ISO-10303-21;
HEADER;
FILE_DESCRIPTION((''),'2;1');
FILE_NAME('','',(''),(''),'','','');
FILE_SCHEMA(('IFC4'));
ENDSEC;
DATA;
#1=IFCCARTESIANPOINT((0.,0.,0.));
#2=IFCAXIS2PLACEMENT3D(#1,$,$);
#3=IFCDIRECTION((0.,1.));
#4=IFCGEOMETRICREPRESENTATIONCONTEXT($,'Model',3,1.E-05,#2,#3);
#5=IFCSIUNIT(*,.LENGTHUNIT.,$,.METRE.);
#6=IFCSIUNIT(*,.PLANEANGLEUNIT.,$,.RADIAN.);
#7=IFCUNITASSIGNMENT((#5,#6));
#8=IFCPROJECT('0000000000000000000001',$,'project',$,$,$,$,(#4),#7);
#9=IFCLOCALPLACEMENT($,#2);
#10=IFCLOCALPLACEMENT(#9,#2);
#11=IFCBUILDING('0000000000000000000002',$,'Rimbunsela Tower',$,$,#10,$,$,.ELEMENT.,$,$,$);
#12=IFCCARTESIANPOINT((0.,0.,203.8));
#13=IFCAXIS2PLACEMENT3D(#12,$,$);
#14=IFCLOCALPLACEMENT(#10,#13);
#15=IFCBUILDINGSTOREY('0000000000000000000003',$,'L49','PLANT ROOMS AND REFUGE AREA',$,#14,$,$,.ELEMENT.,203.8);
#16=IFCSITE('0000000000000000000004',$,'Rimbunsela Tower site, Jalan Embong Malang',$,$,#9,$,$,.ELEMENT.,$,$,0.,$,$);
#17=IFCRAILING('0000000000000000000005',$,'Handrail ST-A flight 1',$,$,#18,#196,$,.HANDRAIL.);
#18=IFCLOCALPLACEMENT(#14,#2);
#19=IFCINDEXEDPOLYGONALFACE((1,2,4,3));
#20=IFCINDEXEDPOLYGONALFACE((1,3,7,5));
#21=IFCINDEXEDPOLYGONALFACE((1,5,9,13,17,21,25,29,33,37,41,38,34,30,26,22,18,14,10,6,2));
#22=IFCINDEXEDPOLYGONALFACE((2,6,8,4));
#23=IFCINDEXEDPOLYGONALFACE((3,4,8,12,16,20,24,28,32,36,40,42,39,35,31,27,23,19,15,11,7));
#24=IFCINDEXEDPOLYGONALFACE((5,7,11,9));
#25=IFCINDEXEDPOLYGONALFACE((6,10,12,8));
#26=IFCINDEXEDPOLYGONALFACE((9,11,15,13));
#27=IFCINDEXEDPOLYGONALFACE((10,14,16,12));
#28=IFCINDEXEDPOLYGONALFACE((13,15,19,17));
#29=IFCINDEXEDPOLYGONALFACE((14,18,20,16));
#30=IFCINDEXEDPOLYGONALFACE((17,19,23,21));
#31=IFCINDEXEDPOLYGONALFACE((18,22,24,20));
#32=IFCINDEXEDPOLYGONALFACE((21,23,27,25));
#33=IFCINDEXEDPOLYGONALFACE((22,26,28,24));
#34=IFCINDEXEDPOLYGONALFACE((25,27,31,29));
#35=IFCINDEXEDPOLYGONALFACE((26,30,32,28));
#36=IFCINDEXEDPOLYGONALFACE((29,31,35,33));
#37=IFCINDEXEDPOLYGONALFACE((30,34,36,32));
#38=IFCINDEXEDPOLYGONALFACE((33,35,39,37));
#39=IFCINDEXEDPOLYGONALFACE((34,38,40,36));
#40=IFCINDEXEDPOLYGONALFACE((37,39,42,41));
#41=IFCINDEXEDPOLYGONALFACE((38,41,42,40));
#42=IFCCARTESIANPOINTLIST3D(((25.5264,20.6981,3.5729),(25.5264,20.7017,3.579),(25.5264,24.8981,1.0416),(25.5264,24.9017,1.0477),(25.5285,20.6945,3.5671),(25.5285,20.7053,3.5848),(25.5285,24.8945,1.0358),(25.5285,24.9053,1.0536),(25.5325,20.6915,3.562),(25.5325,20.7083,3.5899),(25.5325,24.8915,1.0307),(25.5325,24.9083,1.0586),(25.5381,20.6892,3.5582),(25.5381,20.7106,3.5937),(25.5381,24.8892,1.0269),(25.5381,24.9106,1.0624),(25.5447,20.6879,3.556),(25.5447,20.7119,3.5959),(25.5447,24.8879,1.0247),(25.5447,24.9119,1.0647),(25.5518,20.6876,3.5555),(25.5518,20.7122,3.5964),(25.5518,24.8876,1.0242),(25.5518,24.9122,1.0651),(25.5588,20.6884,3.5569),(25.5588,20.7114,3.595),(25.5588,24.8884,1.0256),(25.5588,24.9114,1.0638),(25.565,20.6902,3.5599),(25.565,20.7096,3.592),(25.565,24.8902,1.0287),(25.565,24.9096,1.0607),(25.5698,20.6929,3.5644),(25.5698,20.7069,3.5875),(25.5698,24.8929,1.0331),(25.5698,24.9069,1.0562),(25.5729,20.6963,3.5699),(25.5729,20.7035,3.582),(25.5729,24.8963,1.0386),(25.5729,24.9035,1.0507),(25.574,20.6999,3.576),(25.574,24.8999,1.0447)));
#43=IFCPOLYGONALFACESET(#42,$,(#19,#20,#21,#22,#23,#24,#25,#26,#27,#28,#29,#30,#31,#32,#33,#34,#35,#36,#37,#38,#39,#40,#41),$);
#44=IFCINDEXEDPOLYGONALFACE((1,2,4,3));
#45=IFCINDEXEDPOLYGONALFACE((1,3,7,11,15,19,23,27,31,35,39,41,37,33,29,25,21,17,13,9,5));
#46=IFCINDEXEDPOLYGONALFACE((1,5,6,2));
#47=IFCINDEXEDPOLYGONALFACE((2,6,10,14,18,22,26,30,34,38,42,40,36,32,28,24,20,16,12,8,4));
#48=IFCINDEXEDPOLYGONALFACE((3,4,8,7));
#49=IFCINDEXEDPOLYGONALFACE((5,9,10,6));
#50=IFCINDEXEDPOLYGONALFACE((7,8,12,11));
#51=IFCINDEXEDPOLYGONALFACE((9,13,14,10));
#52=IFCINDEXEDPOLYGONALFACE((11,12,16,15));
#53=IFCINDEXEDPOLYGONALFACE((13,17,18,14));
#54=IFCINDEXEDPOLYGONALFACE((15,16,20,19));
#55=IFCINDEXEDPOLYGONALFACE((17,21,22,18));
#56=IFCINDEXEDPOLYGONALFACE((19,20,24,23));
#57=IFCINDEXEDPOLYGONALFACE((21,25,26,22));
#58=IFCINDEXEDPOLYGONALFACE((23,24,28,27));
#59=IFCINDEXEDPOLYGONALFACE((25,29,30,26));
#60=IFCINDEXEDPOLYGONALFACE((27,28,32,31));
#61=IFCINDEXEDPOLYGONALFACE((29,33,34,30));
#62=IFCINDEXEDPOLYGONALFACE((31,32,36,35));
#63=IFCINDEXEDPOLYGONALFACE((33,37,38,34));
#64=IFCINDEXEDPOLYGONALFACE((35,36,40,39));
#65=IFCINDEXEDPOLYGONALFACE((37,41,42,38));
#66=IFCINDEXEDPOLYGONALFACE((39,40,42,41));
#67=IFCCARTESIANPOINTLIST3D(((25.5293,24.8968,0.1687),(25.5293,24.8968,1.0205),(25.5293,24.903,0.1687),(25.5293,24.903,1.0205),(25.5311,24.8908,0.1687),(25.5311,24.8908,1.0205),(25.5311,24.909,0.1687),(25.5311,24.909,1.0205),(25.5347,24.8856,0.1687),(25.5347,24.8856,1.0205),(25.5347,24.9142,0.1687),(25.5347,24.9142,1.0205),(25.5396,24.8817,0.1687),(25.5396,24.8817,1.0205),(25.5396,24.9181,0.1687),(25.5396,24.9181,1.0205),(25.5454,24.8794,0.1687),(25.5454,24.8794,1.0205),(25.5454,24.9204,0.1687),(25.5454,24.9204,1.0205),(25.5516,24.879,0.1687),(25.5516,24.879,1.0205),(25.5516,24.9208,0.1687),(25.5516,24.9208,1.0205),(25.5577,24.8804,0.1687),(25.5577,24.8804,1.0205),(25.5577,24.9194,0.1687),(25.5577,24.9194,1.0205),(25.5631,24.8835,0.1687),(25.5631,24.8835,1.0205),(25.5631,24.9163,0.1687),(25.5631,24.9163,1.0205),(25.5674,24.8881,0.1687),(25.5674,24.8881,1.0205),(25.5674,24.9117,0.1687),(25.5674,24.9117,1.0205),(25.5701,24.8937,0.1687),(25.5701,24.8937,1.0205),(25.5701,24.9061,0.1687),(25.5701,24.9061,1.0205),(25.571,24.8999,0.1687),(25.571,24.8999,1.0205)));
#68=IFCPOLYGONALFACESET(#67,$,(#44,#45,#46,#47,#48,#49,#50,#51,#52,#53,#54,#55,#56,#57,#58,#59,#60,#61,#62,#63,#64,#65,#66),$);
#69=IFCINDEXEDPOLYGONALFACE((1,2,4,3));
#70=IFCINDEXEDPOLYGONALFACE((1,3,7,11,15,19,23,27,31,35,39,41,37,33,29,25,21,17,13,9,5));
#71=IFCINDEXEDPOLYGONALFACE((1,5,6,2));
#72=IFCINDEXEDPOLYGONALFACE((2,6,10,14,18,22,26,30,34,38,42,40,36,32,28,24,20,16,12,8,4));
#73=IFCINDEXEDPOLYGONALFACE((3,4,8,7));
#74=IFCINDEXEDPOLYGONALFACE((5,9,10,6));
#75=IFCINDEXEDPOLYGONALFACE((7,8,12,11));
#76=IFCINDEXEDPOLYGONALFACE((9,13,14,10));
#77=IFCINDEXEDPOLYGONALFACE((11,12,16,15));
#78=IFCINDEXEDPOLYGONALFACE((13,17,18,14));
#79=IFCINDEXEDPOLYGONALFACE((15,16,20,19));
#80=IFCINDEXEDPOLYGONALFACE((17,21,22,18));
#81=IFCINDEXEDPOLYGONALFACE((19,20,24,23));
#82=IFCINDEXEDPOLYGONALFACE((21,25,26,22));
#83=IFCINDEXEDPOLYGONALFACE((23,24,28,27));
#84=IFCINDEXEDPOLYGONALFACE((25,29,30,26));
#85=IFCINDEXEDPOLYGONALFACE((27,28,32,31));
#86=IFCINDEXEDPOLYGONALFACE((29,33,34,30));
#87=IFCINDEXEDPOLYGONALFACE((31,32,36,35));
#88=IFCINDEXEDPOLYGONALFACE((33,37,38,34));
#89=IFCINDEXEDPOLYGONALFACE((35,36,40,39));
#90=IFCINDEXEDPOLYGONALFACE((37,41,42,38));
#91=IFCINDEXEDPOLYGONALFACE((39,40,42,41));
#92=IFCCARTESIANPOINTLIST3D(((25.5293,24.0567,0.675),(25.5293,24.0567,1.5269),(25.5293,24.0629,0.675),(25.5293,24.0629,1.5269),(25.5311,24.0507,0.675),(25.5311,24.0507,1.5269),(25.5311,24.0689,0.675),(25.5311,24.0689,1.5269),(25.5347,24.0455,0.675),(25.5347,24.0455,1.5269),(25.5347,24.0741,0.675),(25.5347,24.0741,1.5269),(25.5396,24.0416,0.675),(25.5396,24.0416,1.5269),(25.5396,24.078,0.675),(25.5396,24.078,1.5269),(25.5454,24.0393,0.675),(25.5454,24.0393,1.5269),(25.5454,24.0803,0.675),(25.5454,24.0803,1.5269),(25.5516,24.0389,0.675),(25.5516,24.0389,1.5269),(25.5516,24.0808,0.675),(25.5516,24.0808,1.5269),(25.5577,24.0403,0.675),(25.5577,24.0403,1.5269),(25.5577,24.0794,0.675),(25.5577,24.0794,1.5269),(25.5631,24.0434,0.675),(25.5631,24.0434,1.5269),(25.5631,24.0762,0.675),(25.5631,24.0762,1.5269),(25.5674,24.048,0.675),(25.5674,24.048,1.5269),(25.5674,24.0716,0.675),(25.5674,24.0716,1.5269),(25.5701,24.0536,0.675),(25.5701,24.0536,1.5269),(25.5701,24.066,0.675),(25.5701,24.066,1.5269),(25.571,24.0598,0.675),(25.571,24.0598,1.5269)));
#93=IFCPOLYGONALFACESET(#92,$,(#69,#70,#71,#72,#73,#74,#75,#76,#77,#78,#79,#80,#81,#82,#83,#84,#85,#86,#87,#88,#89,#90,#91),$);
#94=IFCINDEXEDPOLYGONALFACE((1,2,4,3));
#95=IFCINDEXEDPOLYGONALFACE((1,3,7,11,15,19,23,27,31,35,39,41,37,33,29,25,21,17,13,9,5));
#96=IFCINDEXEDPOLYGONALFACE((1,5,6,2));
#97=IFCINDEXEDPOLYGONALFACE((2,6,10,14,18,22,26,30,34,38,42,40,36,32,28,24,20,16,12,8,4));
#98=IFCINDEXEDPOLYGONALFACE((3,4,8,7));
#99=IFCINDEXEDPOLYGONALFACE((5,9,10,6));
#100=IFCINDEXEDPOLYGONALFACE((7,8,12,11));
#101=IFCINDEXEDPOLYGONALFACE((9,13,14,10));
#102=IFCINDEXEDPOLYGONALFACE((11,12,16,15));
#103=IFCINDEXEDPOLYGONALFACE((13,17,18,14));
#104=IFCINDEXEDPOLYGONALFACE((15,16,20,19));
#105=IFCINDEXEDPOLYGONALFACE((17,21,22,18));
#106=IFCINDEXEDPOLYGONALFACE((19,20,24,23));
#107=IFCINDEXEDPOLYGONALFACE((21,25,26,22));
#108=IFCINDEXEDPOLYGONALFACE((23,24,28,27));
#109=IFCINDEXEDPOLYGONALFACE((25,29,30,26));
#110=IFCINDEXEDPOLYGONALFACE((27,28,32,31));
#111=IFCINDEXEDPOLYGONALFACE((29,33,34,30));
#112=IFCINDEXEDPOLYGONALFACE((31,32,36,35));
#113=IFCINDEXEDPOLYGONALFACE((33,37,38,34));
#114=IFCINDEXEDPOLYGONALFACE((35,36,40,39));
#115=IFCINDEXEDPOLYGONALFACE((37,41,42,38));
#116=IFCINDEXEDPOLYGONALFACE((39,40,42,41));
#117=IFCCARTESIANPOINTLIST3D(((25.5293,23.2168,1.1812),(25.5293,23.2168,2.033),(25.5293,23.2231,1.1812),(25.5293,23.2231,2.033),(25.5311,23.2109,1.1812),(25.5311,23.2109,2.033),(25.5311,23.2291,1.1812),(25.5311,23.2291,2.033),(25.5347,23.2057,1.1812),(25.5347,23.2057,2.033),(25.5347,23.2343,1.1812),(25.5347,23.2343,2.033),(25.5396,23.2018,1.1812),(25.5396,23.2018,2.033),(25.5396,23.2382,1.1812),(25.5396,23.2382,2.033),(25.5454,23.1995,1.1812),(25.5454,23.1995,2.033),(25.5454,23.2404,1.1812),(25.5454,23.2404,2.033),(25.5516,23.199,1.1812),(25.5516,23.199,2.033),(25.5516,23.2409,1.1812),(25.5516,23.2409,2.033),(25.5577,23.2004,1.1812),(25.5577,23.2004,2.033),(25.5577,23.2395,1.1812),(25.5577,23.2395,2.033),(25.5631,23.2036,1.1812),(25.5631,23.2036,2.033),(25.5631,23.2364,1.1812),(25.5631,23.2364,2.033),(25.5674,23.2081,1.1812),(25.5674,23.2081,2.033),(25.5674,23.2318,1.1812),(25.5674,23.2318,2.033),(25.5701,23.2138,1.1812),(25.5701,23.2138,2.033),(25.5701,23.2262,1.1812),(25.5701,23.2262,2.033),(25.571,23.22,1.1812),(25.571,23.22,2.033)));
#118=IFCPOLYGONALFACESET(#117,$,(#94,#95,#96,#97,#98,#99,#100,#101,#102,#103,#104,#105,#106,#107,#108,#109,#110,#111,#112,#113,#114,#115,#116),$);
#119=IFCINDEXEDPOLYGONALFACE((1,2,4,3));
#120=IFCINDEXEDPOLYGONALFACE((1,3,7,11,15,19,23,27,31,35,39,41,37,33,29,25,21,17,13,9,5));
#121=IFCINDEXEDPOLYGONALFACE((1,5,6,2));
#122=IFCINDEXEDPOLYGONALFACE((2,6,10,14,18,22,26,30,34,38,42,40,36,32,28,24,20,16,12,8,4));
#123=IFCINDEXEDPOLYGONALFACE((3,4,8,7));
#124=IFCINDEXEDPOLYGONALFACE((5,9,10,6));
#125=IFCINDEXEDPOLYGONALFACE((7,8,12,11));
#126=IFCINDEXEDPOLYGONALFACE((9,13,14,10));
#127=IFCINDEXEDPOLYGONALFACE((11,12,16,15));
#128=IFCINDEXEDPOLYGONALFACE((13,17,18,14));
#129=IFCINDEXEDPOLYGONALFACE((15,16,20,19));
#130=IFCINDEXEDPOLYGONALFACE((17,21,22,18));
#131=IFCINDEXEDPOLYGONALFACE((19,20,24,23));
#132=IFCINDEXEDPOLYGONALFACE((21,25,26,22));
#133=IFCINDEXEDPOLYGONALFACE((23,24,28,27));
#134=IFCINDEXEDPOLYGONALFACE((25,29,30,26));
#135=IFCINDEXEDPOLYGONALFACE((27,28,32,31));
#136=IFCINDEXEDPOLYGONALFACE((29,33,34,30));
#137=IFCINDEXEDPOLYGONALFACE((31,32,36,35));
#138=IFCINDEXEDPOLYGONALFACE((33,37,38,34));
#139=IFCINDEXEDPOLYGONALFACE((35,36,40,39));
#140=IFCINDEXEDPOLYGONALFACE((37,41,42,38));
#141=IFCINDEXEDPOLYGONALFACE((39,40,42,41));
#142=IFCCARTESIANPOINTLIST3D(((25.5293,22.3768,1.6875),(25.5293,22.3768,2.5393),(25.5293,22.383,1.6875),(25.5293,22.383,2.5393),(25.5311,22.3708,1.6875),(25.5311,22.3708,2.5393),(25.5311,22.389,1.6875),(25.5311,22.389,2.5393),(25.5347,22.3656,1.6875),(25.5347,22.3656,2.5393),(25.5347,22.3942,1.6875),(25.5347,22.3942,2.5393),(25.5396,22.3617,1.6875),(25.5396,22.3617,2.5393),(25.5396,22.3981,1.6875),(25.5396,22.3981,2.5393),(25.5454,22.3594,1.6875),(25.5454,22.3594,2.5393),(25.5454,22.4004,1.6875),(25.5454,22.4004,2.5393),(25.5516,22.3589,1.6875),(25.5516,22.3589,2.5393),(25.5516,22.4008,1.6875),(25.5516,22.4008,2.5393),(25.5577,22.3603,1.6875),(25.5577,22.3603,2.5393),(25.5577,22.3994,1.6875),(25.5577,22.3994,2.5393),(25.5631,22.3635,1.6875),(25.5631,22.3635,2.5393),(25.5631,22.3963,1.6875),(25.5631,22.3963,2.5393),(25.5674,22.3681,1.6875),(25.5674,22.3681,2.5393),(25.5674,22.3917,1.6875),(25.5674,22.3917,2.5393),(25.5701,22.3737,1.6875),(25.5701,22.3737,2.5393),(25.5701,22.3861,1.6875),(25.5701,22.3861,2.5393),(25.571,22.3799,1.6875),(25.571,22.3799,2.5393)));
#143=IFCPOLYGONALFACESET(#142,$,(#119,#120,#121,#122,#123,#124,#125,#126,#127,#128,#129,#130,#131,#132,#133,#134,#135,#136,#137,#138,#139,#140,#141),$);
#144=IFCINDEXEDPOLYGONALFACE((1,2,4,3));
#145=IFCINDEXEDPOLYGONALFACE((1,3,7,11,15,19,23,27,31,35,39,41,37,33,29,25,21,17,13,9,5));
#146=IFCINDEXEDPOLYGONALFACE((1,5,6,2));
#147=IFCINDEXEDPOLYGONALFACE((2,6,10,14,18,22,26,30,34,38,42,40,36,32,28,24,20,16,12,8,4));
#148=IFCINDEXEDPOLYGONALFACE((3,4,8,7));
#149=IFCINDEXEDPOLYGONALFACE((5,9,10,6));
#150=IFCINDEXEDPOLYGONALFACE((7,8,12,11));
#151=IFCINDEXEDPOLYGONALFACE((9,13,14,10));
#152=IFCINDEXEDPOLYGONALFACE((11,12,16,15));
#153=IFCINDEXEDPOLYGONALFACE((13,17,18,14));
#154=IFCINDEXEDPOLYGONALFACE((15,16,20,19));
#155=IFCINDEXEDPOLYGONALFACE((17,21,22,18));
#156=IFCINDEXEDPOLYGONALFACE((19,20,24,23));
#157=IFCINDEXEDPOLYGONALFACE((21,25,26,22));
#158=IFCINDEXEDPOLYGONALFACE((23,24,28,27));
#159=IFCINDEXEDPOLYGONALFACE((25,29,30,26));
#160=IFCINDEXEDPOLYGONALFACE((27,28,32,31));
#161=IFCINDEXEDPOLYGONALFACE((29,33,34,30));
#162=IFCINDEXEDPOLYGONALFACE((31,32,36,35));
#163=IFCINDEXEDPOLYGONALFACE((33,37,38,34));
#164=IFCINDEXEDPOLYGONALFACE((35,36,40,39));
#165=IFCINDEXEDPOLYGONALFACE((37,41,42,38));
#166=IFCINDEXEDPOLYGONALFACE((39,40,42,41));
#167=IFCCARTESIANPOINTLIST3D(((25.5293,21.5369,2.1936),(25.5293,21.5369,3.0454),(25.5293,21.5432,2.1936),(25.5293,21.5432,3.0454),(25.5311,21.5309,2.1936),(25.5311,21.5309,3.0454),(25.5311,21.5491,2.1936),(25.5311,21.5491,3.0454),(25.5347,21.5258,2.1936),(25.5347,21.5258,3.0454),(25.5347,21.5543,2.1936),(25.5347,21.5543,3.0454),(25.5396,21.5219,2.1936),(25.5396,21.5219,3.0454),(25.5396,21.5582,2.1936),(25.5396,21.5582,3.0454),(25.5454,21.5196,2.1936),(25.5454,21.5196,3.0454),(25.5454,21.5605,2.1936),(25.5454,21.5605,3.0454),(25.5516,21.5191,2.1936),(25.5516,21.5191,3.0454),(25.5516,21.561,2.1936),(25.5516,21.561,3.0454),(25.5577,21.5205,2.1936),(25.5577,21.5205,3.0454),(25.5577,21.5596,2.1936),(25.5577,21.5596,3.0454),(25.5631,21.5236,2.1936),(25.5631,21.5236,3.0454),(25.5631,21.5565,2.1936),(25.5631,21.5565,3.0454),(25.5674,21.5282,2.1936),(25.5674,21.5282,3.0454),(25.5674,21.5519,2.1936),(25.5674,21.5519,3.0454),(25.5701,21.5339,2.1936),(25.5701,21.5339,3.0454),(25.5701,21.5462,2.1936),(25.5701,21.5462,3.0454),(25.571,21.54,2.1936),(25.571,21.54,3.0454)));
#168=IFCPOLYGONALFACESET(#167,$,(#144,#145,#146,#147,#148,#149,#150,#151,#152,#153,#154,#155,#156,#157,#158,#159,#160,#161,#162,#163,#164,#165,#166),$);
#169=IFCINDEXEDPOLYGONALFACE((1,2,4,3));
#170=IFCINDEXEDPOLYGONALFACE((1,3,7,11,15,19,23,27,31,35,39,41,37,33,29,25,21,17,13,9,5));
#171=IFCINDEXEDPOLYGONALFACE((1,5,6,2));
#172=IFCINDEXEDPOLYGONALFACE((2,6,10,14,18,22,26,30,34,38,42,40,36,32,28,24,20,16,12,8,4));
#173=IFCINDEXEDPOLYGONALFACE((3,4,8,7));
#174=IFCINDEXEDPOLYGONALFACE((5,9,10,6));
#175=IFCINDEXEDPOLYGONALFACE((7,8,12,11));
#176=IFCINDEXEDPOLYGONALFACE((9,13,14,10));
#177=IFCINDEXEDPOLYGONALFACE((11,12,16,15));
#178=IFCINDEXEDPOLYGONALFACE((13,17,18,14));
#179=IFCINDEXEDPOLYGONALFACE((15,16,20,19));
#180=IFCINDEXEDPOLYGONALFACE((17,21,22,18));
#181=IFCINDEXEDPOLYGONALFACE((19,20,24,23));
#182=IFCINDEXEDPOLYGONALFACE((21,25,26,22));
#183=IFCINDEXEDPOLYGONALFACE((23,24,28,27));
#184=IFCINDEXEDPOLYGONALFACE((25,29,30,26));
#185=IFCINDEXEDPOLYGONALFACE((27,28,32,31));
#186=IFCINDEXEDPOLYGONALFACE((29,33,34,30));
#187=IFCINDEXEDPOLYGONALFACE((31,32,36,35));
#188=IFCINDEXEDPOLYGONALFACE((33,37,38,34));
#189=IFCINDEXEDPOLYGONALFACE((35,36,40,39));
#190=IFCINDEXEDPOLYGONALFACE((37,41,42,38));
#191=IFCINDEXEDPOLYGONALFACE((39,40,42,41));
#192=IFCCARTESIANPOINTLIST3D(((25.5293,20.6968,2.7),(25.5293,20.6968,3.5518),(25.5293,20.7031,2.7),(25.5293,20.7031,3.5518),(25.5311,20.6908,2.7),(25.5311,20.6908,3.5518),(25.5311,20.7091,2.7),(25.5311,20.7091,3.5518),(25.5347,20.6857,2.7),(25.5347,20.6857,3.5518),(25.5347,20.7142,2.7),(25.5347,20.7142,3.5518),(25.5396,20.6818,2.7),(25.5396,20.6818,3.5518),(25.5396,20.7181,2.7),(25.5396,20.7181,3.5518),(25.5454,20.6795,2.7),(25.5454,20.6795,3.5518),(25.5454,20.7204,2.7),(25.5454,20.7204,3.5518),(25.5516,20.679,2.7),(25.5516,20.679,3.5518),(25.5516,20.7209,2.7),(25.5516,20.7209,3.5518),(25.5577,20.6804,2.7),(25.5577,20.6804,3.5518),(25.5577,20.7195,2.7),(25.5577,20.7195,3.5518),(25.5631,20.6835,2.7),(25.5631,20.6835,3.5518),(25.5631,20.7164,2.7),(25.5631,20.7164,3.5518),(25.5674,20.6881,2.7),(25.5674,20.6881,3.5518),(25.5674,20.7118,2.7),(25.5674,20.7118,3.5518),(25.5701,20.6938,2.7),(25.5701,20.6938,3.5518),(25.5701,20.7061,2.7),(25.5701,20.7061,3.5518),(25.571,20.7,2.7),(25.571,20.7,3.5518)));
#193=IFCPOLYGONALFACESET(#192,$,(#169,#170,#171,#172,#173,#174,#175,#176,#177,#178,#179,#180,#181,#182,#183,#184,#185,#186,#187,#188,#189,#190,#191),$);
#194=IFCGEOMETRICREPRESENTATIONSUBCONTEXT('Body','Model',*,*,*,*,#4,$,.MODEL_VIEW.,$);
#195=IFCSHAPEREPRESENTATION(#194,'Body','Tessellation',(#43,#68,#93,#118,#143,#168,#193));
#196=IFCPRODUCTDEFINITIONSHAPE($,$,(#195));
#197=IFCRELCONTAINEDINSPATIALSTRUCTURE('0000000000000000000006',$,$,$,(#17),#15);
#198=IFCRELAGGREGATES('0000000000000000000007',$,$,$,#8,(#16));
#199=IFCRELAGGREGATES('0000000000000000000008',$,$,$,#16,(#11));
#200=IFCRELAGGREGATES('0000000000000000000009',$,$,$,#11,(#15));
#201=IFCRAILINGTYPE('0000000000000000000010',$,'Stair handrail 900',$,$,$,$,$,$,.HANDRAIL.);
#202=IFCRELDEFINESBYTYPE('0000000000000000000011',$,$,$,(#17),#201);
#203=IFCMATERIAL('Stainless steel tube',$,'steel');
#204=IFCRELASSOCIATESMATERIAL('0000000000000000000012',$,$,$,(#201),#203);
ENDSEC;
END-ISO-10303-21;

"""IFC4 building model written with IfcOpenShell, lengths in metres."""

from ifc_helpers import new_model, si_unit, direction, frame, origin, origin_2d, place, context, subcontext, project, spatial, circle, extrude, material, type_object, element, save


model = new_model("IFC4")

# Units and contexts
model_context = context("Model", 3, precision=1e-05, world=origin(), true_north=direction((0.0, 1.0)))
body_context = subcontext(model_context, "Body", "Model", "MODEL_VIEW")
ifc_project = project(units=[si_unit("LENGTHUNIT", "METRE"), si_unit("PLANEANGLEUNIT", "RADIAN")], contexts=[model_context])

# Site, building, storey
site_placement = place(None, origin())
site = spatial("IfcSite", under=ifc_project, at=site_placement, Name="Rimbunsela Tower site, Jalan Embong Malang", CompositionType="ELEMENT", RefElevation=0.0)
building_placement = place(site_placement, origin())
building = spatial("IfcBuilding", under=site, at=building_placement, Name="Rimbunsela Tower", CompositionType="ELEMENT")
storey_placement = place(building_placement, frame((0.0, 0.0, 203.8)))
storey = spatial("IfcBuildingStorey", under=building, at=storey_placement, Name="L49", Description="PLANT ROOMS AND REFUGE AREA", CompositionType="ELEMENT", Elevation=203.8)

# Railing
ifc_material_1 = material(Name="Stainless steel tube", Category="steel")
railing_type = type_object("IfcRailingType", Name="Stair handrail 900", PredefinedType="HANDRAIL", material=ifc_material_1)
railing_1_placement = place(storey_placement, frame((25.55, 24.8999, 0.1687)))
element("IfcRailing", 1, at=railing_1_placement, inside=storey, type_object=railing_type, Name="Handrail ST-A flight 1", PredefinedType="HANDRAIL", context=body_context, shape_type="SweptSolid", body=[
    extrude(circle(Radius=0.0239, at=origin_2d()), frame((0.0, 0.0, 0.876), z_axis=(0.0, -0.856476, 0.516186), x_axis=(1.0, 0.0, 0.0)), (0.0, 0.0, 1.0), 4.9038),
    extrude(circle(Radius=0.021, at=origin_2d()), origin(), (0.0, 0.0, 1.0), 0.8518),
    extrude(circle(Radius=0.021, at=origin_2d()), frame((0.0, -0.8401, 0.5063)), (0.0, 0.0, 1.0), 0.8518),
    extrude(circle(Radius=0.021, at=origin_2d()), frame((0.0, -1.6799, 1.0125)), (0.0, 0.0, 1.0), 0.8518),
    extrude(circle(Radius=0.021, at=origin_2d()), frame((0.0, -2.52, 1.5188)), (0.0, 0.0, 1.0), 0.8518),
    extrude(circle(Radius=0.021, at=origin_2d()), frame((0.0, -3.3599, 2.0249)), (0.0, 0.0, 1.0), 0.8518),
    extrude(circle(Radius=0.021, at=origin_2d()), frame((0.0, -4.2, 2.5312)), (0.0, 0.0, 1.0), 0.8518),
])

save(model, "model.ifc")
